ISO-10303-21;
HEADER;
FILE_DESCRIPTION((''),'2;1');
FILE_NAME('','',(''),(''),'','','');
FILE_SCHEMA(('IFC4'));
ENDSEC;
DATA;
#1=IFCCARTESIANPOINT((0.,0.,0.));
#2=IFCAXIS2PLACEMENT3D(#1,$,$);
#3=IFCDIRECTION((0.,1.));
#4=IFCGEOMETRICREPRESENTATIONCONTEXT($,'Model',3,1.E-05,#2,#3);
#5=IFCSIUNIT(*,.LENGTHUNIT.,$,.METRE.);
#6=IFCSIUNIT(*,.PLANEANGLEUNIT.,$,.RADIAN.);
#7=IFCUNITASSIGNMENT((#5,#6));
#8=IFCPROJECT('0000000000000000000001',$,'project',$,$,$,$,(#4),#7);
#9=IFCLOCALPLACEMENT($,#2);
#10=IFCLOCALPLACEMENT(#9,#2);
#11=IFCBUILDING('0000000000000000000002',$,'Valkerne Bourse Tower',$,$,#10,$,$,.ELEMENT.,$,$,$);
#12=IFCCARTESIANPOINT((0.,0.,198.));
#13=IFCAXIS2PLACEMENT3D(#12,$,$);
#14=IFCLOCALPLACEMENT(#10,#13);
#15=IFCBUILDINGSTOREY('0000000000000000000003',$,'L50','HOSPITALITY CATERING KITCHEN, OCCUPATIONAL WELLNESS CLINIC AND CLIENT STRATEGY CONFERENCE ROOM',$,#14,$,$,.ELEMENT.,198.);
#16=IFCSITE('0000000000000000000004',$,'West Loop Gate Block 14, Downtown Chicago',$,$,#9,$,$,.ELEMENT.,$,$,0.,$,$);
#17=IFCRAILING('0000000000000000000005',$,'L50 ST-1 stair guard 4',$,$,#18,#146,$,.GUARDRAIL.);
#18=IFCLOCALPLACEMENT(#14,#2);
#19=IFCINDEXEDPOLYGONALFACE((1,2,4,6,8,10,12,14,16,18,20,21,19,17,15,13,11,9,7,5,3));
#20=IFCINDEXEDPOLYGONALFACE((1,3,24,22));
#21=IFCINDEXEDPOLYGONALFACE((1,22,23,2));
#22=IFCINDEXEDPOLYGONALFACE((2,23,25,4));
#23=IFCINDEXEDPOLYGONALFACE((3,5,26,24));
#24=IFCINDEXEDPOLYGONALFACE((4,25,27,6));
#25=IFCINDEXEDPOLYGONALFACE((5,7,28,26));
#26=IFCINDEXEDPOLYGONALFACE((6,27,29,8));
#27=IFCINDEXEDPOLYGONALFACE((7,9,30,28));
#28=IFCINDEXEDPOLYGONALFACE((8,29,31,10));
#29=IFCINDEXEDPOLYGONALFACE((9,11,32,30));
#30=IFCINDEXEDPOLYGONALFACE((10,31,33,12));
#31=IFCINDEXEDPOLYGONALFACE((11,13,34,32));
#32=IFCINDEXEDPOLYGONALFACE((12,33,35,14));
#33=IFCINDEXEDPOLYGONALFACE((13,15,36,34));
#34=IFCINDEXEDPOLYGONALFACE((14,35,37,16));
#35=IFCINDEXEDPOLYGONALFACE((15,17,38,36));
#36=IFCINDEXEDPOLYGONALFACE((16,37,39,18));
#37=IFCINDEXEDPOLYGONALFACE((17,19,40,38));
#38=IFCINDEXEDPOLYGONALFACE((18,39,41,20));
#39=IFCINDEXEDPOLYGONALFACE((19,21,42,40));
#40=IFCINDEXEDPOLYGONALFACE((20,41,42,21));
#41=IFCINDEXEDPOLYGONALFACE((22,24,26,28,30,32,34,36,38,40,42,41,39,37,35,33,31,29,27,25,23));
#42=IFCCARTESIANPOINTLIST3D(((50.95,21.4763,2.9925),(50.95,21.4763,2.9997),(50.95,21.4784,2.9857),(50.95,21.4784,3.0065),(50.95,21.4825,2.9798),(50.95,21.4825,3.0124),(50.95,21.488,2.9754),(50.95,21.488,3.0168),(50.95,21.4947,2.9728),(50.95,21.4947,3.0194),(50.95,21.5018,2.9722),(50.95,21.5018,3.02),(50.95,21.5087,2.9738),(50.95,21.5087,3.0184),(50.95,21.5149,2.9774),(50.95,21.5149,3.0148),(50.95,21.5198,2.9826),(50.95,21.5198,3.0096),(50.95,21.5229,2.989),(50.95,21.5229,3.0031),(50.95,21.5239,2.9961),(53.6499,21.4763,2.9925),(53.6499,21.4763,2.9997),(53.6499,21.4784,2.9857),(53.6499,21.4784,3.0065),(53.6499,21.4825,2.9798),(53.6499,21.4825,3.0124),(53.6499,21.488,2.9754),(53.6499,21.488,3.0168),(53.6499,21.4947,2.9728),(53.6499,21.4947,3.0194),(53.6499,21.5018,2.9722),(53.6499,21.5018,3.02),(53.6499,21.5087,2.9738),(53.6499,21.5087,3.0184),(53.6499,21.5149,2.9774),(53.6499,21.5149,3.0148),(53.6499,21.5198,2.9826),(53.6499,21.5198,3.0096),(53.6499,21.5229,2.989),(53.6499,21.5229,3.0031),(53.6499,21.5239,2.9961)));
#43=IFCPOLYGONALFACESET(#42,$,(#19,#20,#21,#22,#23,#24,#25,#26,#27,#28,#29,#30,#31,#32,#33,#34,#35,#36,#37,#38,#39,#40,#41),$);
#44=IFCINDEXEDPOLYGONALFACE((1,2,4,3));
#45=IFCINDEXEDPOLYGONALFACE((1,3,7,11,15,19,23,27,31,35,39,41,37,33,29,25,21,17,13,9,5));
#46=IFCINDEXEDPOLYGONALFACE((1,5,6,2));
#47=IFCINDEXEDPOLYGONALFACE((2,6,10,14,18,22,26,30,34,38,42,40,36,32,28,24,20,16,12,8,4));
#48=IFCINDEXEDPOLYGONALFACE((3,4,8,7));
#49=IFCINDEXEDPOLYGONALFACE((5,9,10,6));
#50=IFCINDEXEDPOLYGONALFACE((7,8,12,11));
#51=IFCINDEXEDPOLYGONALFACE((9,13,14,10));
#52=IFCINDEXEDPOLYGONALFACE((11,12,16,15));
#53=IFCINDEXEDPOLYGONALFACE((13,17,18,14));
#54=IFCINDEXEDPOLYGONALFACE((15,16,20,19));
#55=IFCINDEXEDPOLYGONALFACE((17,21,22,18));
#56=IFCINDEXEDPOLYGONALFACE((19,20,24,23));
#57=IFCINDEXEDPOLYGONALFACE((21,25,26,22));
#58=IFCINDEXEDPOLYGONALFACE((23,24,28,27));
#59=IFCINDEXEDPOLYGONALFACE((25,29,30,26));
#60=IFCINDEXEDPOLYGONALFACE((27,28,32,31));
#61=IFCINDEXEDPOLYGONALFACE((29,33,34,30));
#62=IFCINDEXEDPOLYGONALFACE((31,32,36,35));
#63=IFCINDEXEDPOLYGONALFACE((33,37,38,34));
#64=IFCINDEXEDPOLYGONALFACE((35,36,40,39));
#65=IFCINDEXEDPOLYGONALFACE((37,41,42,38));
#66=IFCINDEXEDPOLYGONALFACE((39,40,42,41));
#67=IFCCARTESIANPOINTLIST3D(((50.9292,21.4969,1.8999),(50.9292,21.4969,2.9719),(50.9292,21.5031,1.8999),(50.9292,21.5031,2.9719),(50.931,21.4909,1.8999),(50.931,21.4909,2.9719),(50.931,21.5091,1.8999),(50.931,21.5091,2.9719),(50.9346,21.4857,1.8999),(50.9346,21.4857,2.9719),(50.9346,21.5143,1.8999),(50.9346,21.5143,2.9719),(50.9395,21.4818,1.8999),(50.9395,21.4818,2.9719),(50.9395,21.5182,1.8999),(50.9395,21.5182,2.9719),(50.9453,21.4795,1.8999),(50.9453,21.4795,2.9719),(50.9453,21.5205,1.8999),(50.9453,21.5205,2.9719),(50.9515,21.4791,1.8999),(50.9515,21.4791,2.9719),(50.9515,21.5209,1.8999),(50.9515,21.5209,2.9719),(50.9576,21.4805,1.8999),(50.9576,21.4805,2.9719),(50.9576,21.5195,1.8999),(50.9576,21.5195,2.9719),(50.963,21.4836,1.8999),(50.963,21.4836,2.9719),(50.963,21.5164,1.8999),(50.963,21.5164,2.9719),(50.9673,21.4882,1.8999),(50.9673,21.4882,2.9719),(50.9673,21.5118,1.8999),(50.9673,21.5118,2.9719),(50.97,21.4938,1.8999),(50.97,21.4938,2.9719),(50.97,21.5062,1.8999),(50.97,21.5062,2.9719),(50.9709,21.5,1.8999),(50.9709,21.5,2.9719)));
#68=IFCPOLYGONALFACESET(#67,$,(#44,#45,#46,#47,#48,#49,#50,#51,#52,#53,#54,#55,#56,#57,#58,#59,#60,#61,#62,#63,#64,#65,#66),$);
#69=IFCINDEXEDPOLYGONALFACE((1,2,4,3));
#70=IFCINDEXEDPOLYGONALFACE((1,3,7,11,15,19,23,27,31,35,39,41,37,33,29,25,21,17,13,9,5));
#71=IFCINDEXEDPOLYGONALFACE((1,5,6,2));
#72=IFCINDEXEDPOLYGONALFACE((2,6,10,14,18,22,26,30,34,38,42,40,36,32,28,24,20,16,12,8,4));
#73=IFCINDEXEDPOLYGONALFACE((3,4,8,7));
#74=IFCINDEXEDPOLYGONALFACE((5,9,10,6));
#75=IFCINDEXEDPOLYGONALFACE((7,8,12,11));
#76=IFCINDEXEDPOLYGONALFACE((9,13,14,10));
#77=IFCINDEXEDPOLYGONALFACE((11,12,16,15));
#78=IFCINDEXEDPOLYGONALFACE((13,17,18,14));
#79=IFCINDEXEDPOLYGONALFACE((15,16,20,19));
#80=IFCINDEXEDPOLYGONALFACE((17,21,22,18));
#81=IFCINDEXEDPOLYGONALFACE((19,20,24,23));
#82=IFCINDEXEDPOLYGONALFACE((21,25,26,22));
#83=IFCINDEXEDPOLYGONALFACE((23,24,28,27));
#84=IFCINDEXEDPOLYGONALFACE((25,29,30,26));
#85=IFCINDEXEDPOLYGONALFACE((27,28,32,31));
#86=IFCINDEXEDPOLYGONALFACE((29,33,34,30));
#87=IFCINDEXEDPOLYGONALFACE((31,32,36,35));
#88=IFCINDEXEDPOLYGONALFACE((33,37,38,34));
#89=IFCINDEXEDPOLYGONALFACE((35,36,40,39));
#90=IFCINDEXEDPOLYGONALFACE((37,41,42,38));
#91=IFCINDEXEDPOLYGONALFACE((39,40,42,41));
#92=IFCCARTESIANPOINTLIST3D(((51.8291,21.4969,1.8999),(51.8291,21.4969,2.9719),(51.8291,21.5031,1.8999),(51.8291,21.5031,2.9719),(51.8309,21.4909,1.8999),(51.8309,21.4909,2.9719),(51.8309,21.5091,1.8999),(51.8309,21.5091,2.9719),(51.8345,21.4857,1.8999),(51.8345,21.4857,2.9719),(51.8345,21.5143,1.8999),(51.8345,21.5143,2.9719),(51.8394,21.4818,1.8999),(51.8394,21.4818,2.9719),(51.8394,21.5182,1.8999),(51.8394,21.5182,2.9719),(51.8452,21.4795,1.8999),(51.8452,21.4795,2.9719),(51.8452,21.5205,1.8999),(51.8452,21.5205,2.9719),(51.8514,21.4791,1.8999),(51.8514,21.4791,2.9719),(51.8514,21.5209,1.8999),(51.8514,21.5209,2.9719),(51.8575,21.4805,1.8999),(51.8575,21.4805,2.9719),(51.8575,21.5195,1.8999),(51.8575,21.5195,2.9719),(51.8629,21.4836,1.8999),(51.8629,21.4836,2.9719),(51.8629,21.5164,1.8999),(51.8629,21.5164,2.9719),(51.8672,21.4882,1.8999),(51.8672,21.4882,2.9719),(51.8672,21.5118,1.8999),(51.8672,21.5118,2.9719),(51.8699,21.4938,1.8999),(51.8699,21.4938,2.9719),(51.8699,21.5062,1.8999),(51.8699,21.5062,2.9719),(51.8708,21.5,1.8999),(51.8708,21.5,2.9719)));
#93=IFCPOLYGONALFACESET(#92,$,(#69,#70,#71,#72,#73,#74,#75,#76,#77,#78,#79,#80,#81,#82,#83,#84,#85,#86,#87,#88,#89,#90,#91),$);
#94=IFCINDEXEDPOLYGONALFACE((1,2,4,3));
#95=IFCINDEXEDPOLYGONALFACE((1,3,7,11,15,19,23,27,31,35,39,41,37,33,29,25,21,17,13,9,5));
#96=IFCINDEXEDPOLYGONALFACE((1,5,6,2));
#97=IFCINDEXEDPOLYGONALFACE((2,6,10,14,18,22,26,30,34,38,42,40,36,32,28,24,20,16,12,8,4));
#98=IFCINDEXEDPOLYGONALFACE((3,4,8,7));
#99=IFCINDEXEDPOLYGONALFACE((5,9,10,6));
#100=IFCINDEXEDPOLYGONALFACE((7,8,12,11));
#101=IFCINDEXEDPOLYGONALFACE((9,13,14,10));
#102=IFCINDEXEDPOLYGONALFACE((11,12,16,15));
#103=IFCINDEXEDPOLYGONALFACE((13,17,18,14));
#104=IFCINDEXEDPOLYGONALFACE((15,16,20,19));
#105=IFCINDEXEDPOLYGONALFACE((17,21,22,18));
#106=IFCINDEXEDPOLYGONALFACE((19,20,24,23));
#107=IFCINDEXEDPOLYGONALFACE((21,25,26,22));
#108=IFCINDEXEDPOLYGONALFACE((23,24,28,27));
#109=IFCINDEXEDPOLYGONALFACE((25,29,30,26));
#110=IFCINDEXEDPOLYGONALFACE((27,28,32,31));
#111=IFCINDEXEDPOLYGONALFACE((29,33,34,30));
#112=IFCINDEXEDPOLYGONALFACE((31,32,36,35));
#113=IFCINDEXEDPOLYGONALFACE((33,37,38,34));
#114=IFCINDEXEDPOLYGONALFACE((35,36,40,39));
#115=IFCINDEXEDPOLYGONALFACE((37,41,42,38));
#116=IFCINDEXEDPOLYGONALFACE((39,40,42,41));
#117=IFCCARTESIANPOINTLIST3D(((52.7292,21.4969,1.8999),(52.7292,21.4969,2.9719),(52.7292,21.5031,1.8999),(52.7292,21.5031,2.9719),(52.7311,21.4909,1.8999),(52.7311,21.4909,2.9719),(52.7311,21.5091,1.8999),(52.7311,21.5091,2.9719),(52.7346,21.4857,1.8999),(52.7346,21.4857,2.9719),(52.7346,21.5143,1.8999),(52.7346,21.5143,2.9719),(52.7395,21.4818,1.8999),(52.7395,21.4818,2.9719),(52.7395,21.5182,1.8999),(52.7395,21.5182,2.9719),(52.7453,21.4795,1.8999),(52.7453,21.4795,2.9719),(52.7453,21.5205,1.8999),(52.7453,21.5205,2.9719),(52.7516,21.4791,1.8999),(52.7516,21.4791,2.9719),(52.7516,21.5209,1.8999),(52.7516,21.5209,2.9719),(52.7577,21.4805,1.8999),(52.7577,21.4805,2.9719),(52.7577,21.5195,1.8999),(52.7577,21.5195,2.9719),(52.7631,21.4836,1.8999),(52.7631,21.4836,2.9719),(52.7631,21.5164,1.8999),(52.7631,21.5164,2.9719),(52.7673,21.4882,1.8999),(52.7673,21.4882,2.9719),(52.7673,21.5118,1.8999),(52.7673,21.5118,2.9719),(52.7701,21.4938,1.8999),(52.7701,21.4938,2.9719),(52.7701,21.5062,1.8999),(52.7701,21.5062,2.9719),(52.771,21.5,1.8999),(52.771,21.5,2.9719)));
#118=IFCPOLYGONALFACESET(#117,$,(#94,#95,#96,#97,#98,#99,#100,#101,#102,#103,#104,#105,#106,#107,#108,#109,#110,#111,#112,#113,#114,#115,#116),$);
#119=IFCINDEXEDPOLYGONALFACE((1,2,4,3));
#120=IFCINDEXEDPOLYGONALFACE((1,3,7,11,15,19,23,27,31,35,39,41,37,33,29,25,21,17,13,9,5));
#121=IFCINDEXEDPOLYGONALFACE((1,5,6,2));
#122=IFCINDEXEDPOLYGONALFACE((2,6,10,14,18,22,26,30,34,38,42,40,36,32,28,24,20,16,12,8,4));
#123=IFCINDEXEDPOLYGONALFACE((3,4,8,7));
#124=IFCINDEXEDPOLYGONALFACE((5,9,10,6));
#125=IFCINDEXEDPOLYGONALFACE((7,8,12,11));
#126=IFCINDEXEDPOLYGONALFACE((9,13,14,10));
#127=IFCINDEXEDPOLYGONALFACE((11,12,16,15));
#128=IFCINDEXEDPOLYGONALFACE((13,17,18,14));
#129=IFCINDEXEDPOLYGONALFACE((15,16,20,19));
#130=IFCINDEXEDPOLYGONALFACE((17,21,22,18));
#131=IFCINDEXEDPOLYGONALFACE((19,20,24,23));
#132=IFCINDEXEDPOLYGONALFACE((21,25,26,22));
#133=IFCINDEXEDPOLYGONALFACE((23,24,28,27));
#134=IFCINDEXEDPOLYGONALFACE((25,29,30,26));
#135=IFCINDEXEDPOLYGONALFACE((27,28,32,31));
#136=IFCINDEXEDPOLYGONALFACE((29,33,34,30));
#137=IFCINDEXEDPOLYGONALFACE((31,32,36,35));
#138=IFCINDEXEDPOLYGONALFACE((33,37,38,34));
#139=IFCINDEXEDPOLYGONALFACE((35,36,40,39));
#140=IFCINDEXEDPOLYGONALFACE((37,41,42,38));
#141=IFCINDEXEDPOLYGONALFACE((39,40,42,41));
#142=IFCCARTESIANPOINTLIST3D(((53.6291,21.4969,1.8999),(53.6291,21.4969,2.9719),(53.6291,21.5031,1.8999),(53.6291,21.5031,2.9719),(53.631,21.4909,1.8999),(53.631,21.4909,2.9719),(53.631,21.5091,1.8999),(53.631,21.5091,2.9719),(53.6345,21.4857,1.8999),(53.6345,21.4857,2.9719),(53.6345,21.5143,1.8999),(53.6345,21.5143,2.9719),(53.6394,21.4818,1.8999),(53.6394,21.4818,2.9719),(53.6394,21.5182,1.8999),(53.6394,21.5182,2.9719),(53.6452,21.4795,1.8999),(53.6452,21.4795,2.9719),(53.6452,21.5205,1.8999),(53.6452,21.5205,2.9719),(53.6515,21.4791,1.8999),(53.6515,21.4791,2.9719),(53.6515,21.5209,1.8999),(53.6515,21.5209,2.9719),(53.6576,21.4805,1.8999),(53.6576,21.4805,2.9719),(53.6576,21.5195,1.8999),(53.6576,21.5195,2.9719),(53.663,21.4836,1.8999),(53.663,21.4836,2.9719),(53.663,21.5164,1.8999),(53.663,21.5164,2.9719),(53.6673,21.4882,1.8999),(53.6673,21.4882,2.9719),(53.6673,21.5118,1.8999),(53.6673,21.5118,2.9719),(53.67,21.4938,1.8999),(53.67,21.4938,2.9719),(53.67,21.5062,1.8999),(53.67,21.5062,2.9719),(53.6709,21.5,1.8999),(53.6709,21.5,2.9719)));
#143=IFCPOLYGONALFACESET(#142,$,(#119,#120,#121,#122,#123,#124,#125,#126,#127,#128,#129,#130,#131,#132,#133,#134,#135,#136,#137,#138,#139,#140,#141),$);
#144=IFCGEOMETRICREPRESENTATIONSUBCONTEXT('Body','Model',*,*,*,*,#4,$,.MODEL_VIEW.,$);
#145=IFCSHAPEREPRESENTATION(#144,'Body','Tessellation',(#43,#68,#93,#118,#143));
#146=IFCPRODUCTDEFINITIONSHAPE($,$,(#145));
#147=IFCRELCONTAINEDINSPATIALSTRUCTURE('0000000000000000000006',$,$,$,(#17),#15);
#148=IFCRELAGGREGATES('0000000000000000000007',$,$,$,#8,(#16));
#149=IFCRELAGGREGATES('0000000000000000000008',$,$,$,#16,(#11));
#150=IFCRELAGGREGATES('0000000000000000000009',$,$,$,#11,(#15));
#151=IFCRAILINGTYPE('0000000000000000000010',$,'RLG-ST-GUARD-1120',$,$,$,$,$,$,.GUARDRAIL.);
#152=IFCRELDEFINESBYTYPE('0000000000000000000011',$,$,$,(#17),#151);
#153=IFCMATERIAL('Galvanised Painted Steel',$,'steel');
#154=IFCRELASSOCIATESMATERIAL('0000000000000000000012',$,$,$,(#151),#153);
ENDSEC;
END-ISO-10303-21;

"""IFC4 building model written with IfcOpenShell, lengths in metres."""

from ifc_helpers import new_model, si_unit, direction, frame, origin, origin_2d, place, context, subcontext, project, spatial, circle, extrude, material, type_object, element, save


model = new_model("IFC4")

# Units and contexts
model_context = context("Model", 3, precision=1e-05, world=origin(), true_north=direction((0.0, 1.0)))
body_context = subcontext(model_context, "Body", "Model", "MODEL_VIEW")
ifc_project = project(units=[si_unit("LENGTHUNIT", "METRE"), si_unit("PLANEANGLEUNIT", "RADIAN")], contexts=[model_context])

# Site, building, storey
site_placement = place(None, origin())
site = spatial("IfcSite", under=ifc_project, at=site_placement, Name="West Loop Gate Block 14, Downtown Chicago", CompositionType="ELEMENT", RefElevation=0.0)
building_placement = place(site_placement, origin())
building = spatial("IfcBuilding", under=site, at=building_placement, Name="Valkerne Bourse Tower", CompositionType="ELEMENT")
storey_placement = place(building_placement, frame((0.0, 0.0, 198.0)))
storey = spatial("IfcBuildingStorey", under=building, at=storey_placement, Name="L50", Description="HOSPITALITY CATERING KITCHEN, OCCUPATIONAL WELLNESS CLINIC AND CLIENT STRATEGY CONFERENCE ROOM", CompositionType="ELEMENT", Elevation=198.0)

# Shared definitions
ifc_material_1 = material(Name="Galvanised Painted Steel", Category="steel")

# Railing
railing_type_1 = type_object("IfcRailingType", Name="RLG-ST-GUARD-1120", PredefinedType="GUARDRAIL", material=ifc_material_1)
for number, where, name in (
    (1, (50.95, 21.5, 1.8999), "L50 ST-1 stair guard 4"),
):
    element("IfcRailing", number, at=place(storey_placement, frame(where)), inside=storey, type_object=railing_type_1, Name=name, PredefinedType="GUARDRAIL", context=body_context, shape_type="SweptSolid", body=[
        extrude(circle(Radius=0.0239, at=origin_2d()), frame((0.0, 0.0, 1.0962), z_axis=(1.0, 0.0, 0.0), x_axis=(0.0, 1.0, 0.0)), (0.0, 0.0, 1.0), 2.7),
        extrude(circle(Radius=0.021, at=origin_2d()), origin(), (0.0, 0.0, 1.0), 1.072),
        extrude(circle(Radius=0.021, at=origin_2d()), frame((0.8999, 0.0, 0.0)), (0.0, 0.0, 1.0), 1.072),
        extrude(circle(Radius=0.021, at=origin_2d()), frame((1.8, 0.0, 0.0)), (0.0, 0.0, 1.0), 1.072),
        extrude(circle(Radius=0.021, at=origin_2d()), frame((2.7, 0.0, 0.0)), (0.0, 0.0, 1.0), 1.072),
    ])

save(model, "model.ifc")
